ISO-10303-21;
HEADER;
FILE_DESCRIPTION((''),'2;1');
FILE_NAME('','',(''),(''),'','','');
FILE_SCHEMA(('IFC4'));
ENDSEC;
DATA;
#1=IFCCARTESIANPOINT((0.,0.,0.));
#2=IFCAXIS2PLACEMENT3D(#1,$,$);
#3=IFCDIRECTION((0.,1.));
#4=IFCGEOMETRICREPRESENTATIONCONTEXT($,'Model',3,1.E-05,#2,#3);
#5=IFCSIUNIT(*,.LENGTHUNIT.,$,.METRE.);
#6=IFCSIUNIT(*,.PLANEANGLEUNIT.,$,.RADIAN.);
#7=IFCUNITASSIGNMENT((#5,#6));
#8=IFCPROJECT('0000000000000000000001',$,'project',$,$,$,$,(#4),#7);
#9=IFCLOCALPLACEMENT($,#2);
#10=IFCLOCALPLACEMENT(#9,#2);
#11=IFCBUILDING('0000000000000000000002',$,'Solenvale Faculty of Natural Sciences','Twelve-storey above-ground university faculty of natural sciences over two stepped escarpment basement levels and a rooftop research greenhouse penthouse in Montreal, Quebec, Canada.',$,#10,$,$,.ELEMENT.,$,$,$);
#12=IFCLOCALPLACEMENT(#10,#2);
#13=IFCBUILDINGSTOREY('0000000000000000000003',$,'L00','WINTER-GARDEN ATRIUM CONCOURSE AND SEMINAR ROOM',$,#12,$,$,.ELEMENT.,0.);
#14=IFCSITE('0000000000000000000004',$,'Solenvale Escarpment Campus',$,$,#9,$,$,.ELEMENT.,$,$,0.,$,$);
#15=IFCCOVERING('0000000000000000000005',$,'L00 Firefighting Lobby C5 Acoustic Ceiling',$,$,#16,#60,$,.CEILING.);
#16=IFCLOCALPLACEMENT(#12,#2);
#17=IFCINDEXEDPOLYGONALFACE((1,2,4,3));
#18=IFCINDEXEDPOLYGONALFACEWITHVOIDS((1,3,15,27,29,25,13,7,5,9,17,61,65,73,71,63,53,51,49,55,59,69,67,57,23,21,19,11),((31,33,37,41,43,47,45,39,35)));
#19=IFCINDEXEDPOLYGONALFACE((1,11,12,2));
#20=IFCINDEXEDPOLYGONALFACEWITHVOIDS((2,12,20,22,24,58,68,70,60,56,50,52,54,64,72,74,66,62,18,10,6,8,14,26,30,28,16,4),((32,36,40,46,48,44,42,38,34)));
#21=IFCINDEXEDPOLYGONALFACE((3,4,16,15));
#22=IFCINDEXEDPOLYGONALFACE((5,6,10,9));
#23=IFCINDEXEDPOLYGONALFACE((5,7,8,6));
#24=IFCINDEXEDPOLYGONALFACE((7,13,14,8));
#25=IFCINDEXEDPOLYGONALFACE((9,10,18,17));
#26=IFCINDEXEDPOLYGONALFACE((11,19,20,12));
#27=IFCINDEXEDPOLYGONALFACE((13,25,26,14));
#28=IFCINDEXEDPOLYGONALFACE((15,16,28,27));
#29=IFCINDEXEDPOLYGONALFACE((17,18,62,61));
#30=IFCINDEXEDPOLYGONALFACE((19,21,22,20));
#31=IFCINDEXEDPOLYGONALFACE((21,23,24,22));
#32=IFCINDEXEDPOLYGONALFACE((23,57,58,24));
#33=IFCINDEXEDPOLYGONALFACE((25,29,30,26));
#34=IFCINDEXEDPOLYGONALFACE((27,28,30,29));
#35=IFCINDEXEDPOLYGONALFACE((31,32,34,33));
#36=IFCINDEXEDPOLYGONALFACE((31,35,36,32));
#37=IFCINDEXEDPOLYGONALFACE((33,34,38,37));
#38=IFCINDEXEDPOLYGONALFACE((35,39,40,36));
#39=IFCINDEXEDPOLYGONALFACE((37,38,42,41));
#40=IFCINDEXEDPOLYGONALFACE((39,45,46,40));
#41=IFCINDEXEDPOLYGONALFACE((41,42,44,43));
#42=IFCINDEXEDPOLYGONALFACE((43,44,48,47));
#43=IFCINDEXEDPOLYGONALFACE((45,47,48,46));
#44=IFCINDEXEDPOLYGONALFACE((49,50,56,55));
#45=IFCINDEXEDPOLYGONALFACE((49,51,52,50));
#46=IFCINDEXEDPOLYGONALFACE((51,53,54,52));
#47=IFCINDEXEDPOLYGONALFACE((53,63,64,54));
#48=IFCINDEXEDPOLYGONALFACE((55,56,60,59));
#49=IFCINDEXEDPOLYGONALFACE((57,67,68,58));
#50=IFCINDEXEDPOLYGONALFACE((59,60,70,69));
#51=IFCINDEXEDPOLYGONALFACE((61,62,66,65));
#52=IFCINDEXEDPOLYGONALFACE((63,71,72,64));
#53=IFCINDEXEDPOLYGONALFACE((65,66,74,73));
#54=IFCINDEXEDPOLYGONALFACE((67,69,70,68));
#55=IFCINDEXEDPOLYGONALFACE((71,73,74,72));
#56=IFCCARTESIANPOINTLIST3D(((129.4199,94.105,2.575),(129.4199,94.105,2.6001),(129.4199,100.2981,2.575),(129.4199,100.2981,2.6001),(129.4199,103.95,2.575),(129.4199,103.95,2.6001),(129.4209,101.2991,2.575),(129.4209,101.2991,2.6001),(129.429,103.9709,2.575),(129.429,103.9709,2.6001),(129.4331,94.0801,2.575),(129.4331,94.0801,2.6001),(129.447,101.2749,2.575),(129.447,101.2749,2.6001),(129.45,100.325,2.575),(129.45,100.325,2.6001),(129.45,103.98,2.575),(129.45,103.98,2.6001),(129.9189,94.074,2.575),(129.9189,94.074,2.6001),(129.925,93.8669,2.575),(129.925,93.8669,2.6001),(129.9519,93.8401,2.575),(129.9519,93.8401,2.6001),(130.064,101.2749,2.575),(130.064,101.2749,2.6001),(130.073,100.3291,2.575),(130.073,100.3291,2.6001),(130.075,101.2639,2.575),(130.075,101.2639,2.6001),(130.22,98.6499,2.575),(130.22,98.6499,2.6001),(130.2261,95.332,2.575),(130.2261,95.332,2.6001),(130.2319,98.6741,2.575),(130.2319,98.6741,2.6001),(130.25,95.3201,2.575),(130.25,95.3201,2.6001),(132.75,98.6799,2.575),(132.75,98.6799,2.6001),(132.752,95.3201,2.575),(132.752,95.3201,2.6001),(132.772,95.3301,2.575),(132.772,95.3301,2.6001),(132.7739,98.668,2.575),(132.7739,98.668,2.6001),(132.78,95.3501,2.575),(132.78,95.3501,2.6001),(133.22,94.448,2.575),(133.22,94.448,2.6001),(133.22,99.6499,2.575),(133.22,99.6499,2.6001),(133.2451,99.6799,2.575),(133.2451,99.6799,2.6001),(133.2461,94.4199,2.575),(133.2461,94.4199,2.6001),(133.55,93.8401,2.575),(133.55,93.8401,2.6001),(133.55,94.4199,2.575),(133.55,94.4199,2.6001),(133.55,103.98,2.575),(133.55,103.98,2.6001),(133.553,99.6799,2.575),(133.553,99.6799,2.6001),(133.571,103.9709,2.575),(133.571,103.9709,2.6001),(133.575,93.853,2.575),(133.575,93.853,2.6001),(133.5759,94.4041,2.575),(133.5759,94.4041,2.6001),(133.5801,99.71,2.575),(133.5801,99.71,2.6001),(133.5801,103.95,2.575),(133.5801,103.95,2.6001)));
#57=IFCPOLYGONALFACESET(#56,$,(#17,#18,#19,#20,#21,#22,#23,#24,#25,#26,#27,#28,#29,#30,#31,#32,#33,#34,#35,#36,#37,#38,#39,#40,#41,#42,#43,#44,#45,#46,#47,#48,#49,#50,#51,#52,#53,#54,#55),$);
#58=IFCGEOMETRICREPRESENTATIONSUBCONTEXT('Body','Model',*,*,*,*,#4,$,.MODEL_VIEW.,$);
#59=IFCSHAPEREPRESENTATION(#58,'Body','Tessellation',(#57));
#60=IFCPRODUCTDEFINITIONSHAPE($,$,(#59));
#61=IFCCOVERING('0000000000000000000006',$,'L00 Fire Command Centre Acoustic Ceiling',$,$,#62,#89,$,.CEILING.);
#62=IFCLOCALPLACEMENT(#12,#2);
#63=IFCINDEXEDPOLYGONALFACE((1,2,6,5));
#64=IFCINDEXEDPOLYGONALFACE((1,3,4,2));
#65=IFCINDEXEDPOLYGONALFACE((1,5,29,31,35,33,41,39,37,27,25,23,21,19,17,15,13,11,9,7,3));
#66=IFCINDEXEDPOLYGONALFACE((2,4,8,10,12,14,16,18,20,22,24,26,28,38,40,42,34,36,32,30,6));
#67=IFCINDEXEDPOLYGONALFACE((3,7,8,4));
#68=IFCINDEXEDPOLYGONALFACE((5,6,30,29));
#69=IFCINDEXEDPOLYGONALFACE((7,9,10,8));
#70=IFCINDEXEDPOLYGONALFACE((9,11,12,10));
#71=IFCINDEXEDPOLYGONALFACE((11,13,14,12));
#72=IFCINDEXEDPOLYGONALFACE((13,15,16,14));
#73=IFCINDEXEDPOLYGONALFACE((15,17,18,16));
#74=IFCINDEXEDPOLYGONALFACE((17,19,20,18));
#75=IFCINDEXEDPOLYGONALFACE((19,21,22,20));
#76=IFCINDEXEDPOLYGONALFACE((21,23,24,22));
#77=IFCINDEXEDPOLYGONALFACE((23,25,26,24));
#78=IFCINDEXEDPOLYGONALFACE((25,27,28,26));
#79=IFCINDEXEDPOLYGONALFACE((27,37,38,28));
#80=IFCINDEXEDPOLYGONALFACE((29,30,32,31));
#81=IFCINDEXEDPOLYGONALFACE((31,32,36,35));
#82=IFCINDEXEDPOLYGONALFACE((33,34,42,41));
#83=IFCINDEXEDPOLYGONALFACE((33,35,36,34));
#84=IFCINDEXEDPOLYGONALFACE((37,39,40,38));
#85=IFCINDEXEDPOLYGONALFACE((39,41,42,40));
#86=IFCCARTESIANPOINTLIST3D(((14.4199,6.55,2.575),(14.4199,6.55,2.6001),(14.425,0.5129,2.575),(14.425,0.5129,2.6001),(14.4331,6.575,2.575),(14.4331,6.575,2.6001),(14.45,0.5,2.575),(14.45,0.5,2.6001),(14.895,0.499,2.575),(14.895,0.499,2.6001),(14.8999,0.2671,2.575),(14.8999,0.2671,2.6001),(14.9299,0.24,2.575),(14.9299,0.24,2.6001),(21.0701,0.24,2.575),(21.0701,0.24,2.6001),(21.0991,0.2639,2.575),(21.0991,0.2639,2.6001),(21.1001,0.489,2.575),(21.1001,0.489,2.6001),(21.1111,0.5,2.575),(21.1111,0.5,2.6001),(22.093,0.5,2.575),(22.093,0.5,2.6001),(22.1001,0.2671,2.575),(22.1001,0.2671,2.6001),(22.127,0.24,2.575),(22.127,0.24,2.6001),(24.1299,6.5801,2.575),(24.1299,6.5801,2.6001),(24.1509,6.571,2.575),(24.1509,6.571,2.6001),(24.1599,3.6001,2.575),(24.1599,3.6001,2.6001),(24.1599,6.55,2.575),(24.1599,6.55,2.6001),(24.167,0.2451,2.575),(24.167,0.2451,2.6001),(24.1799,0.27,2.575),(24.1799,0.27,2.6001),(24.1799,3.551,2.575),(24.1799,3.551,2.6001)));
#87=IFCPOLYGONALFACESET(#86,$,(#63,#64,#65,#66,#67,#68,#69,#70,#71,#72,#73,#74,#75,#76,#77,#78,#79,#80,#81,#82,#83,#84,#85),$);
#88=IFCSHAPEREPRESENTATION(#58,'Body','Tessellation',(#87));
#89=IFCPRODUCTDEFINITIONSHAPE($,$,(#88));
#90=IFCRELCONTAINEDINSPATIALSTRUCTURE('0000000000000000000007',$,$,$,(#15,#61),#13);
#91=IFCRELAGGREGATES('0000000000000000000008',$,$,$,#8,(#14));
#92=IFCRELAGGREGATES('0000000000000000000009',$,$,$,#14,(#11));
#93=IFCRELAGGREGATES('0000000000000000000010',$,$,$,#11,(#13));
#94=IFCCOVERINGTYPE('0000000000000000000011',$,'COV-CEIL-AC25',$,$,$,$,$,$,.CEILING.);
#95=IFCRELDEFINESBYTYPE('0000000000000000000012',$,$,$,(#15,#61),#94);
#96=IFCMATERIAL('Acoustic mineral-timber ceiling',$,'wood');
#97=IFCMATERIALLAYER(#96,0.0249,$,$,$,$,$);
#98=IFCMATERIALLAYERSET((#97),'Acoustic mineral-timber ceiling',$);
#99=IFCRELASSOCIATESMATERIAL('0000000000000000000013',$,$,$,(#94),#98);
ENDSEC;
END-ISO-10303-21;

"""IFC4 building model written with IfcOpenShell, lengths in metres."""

from ifc_helpers import new_model, si_unit, direction, frame, origin, place, context, subcontext, project, spatial, polyline, outline, extrude, material, layer, layer_set, type_object, element, save


model = new_model("IFC4")

# Units and contexts
model_context = context("Model", 3, precision=1e-05, world=origin(), true_north=direction((0.0, 1.0)))
body_context = subcontext(model_context, "Body", "Model", "MODEL_VIEW")
ifc_project = project(units=[si_unit("LENGTHUNIT", "METRE"), si_unit("PLANEANGLEUNIT", "RADIAN")], contexts=[model_context])

# Site, building, storey
site_placement = place(None, origin())
site = spatial("IfcSite", under=ifc_project, at=site_placement, Name="Solenvale Escarpment Campus", CompositionType="ELEMENT", RefElevation=0.0)
building_placement = place(site_placement, origin())
building = spatial("IfcBuilding", under=site, at=building_placement, Name="Solenvale Faculty of Natural Sciences", Description="Twelve-storey above-ground university faculty of natural sciences over two stepped escarpment basement levels and a rooftop research greenhouse penthouse in Montreal, Quebec, Canada.", CompositionType="ELEMENT")
storey_placement = place(building_placement, origin())
storey = spatial("IfcBuildingStorey", under=building, at=storey_placement, Name="L00", Description="WINTER-GARDEN ATRIUM CONCOURSE AND SEMINAR ROOM", CompositionType="ELEMENT", Elevation=0.0)

# Coverings
ifc_material_1 = material(Name="Acoustic mineral-timber ceiling", Category="wood")
ifc_layer_1 = layer(ifc_material_1, 0.0249)
ifc_layer_set_1 = layer_set([ifc_layer_1], Name="Acoustic mineral-timber ceiling")
covering_type_1 = type_object("IfcCoveringType", Name="COV-CEIL-AC25", PredefinedType="CEILING", material=ifc_layer_set_1)
covering_1_placement = place(storey_placement, frame((0.0, 0.0, 2.575)))
element("IfcCovering", 1, at=covering_1_placement, inside=storey, type_object=covering_type_1, Name="L00 Firefighting Lobby C5 Acoustic Ceiling", PredefinedType="CEILING", context=body_context, shape_type="SweptSolid", body=[
    extrude(outline(polyline([(133.5801, 99.71), (133.553, 99.6799), (133.2451, 99.6799), (133.22, 99.6499), (133.22, 94.448), (133.2461, 94.4199), (133.55, 94.4199), (133.5759, 94.4041), (133.575, 93.853), (133.55, 93.8401), (129.9519, 93.8401), (129.925, 93.8669), (129.9189, 94.074), (129.4331, 94.0801), (129.4199, 94.105), (129.4199, 100.2981), (129.45, 100.325), (130.073, 100.3291), (130.075, 101.2639), (130.064, 101.2749), (129.447, 101.2749), (129.4209, 101.2991), (129.4199, 103.95), (129.429, 103.9709), (129.45, 103.98), (133.55, 103.98), (133.571, 103.9709), (133.5801, 103.95), (133.5801, 99.71)]), holes=[polyline([(132.752, 95.3201), (132.772, 95.3301), (132.78, 95.3501), (132.7739, 98.668), (132.75, 98.6799), (130.2319, 98.6741), (130.22, 98.6499), (130.2261, 95.332), (130.25, 95.3201), (132.752, 95.3201)])]), origin(), (0.0, 0.0, 1.0), 0.0251),
])
covering_2_placement = place(storey_placement, frame((0.0, 0.0, 2.575)))
element("IfcCovering", 2, at=covering_2_placement, inside=storey, type_object=covering_type_1, Name="L00 Fire Command Centre Acoustic Ceiling", PredefinedType="CEILING", context=body_context, shape_type="SweptSolid", body=[
    extrude(outline(polyline([(24.1299, 6.5801), (24.1509, 6.571), (24.1599, 6.55), (24.1599, 3.6001), (24.1799, 3.551), (24.1799, 0.27), (24.167, 0.2451), (22.127, 0.24), (22.1001, 0.2671), (22.093, 0.5), (21.1111, 0.5), (21.1001, 0.489), (21.0991, 0.2639), (21.0701, 0.24), (14.9299, 0.24), (14.8999, 0.2671), (14.895, 0.499), (14.45, 0.5), (14.425, 0.5129), (14.4199, 6.55), (14.4331, 6.575), (24.1299, 6.5801)])), origin(), (0.0, 0.0, 1.0), 0.0251),
])

save(model, "model.ifc")
